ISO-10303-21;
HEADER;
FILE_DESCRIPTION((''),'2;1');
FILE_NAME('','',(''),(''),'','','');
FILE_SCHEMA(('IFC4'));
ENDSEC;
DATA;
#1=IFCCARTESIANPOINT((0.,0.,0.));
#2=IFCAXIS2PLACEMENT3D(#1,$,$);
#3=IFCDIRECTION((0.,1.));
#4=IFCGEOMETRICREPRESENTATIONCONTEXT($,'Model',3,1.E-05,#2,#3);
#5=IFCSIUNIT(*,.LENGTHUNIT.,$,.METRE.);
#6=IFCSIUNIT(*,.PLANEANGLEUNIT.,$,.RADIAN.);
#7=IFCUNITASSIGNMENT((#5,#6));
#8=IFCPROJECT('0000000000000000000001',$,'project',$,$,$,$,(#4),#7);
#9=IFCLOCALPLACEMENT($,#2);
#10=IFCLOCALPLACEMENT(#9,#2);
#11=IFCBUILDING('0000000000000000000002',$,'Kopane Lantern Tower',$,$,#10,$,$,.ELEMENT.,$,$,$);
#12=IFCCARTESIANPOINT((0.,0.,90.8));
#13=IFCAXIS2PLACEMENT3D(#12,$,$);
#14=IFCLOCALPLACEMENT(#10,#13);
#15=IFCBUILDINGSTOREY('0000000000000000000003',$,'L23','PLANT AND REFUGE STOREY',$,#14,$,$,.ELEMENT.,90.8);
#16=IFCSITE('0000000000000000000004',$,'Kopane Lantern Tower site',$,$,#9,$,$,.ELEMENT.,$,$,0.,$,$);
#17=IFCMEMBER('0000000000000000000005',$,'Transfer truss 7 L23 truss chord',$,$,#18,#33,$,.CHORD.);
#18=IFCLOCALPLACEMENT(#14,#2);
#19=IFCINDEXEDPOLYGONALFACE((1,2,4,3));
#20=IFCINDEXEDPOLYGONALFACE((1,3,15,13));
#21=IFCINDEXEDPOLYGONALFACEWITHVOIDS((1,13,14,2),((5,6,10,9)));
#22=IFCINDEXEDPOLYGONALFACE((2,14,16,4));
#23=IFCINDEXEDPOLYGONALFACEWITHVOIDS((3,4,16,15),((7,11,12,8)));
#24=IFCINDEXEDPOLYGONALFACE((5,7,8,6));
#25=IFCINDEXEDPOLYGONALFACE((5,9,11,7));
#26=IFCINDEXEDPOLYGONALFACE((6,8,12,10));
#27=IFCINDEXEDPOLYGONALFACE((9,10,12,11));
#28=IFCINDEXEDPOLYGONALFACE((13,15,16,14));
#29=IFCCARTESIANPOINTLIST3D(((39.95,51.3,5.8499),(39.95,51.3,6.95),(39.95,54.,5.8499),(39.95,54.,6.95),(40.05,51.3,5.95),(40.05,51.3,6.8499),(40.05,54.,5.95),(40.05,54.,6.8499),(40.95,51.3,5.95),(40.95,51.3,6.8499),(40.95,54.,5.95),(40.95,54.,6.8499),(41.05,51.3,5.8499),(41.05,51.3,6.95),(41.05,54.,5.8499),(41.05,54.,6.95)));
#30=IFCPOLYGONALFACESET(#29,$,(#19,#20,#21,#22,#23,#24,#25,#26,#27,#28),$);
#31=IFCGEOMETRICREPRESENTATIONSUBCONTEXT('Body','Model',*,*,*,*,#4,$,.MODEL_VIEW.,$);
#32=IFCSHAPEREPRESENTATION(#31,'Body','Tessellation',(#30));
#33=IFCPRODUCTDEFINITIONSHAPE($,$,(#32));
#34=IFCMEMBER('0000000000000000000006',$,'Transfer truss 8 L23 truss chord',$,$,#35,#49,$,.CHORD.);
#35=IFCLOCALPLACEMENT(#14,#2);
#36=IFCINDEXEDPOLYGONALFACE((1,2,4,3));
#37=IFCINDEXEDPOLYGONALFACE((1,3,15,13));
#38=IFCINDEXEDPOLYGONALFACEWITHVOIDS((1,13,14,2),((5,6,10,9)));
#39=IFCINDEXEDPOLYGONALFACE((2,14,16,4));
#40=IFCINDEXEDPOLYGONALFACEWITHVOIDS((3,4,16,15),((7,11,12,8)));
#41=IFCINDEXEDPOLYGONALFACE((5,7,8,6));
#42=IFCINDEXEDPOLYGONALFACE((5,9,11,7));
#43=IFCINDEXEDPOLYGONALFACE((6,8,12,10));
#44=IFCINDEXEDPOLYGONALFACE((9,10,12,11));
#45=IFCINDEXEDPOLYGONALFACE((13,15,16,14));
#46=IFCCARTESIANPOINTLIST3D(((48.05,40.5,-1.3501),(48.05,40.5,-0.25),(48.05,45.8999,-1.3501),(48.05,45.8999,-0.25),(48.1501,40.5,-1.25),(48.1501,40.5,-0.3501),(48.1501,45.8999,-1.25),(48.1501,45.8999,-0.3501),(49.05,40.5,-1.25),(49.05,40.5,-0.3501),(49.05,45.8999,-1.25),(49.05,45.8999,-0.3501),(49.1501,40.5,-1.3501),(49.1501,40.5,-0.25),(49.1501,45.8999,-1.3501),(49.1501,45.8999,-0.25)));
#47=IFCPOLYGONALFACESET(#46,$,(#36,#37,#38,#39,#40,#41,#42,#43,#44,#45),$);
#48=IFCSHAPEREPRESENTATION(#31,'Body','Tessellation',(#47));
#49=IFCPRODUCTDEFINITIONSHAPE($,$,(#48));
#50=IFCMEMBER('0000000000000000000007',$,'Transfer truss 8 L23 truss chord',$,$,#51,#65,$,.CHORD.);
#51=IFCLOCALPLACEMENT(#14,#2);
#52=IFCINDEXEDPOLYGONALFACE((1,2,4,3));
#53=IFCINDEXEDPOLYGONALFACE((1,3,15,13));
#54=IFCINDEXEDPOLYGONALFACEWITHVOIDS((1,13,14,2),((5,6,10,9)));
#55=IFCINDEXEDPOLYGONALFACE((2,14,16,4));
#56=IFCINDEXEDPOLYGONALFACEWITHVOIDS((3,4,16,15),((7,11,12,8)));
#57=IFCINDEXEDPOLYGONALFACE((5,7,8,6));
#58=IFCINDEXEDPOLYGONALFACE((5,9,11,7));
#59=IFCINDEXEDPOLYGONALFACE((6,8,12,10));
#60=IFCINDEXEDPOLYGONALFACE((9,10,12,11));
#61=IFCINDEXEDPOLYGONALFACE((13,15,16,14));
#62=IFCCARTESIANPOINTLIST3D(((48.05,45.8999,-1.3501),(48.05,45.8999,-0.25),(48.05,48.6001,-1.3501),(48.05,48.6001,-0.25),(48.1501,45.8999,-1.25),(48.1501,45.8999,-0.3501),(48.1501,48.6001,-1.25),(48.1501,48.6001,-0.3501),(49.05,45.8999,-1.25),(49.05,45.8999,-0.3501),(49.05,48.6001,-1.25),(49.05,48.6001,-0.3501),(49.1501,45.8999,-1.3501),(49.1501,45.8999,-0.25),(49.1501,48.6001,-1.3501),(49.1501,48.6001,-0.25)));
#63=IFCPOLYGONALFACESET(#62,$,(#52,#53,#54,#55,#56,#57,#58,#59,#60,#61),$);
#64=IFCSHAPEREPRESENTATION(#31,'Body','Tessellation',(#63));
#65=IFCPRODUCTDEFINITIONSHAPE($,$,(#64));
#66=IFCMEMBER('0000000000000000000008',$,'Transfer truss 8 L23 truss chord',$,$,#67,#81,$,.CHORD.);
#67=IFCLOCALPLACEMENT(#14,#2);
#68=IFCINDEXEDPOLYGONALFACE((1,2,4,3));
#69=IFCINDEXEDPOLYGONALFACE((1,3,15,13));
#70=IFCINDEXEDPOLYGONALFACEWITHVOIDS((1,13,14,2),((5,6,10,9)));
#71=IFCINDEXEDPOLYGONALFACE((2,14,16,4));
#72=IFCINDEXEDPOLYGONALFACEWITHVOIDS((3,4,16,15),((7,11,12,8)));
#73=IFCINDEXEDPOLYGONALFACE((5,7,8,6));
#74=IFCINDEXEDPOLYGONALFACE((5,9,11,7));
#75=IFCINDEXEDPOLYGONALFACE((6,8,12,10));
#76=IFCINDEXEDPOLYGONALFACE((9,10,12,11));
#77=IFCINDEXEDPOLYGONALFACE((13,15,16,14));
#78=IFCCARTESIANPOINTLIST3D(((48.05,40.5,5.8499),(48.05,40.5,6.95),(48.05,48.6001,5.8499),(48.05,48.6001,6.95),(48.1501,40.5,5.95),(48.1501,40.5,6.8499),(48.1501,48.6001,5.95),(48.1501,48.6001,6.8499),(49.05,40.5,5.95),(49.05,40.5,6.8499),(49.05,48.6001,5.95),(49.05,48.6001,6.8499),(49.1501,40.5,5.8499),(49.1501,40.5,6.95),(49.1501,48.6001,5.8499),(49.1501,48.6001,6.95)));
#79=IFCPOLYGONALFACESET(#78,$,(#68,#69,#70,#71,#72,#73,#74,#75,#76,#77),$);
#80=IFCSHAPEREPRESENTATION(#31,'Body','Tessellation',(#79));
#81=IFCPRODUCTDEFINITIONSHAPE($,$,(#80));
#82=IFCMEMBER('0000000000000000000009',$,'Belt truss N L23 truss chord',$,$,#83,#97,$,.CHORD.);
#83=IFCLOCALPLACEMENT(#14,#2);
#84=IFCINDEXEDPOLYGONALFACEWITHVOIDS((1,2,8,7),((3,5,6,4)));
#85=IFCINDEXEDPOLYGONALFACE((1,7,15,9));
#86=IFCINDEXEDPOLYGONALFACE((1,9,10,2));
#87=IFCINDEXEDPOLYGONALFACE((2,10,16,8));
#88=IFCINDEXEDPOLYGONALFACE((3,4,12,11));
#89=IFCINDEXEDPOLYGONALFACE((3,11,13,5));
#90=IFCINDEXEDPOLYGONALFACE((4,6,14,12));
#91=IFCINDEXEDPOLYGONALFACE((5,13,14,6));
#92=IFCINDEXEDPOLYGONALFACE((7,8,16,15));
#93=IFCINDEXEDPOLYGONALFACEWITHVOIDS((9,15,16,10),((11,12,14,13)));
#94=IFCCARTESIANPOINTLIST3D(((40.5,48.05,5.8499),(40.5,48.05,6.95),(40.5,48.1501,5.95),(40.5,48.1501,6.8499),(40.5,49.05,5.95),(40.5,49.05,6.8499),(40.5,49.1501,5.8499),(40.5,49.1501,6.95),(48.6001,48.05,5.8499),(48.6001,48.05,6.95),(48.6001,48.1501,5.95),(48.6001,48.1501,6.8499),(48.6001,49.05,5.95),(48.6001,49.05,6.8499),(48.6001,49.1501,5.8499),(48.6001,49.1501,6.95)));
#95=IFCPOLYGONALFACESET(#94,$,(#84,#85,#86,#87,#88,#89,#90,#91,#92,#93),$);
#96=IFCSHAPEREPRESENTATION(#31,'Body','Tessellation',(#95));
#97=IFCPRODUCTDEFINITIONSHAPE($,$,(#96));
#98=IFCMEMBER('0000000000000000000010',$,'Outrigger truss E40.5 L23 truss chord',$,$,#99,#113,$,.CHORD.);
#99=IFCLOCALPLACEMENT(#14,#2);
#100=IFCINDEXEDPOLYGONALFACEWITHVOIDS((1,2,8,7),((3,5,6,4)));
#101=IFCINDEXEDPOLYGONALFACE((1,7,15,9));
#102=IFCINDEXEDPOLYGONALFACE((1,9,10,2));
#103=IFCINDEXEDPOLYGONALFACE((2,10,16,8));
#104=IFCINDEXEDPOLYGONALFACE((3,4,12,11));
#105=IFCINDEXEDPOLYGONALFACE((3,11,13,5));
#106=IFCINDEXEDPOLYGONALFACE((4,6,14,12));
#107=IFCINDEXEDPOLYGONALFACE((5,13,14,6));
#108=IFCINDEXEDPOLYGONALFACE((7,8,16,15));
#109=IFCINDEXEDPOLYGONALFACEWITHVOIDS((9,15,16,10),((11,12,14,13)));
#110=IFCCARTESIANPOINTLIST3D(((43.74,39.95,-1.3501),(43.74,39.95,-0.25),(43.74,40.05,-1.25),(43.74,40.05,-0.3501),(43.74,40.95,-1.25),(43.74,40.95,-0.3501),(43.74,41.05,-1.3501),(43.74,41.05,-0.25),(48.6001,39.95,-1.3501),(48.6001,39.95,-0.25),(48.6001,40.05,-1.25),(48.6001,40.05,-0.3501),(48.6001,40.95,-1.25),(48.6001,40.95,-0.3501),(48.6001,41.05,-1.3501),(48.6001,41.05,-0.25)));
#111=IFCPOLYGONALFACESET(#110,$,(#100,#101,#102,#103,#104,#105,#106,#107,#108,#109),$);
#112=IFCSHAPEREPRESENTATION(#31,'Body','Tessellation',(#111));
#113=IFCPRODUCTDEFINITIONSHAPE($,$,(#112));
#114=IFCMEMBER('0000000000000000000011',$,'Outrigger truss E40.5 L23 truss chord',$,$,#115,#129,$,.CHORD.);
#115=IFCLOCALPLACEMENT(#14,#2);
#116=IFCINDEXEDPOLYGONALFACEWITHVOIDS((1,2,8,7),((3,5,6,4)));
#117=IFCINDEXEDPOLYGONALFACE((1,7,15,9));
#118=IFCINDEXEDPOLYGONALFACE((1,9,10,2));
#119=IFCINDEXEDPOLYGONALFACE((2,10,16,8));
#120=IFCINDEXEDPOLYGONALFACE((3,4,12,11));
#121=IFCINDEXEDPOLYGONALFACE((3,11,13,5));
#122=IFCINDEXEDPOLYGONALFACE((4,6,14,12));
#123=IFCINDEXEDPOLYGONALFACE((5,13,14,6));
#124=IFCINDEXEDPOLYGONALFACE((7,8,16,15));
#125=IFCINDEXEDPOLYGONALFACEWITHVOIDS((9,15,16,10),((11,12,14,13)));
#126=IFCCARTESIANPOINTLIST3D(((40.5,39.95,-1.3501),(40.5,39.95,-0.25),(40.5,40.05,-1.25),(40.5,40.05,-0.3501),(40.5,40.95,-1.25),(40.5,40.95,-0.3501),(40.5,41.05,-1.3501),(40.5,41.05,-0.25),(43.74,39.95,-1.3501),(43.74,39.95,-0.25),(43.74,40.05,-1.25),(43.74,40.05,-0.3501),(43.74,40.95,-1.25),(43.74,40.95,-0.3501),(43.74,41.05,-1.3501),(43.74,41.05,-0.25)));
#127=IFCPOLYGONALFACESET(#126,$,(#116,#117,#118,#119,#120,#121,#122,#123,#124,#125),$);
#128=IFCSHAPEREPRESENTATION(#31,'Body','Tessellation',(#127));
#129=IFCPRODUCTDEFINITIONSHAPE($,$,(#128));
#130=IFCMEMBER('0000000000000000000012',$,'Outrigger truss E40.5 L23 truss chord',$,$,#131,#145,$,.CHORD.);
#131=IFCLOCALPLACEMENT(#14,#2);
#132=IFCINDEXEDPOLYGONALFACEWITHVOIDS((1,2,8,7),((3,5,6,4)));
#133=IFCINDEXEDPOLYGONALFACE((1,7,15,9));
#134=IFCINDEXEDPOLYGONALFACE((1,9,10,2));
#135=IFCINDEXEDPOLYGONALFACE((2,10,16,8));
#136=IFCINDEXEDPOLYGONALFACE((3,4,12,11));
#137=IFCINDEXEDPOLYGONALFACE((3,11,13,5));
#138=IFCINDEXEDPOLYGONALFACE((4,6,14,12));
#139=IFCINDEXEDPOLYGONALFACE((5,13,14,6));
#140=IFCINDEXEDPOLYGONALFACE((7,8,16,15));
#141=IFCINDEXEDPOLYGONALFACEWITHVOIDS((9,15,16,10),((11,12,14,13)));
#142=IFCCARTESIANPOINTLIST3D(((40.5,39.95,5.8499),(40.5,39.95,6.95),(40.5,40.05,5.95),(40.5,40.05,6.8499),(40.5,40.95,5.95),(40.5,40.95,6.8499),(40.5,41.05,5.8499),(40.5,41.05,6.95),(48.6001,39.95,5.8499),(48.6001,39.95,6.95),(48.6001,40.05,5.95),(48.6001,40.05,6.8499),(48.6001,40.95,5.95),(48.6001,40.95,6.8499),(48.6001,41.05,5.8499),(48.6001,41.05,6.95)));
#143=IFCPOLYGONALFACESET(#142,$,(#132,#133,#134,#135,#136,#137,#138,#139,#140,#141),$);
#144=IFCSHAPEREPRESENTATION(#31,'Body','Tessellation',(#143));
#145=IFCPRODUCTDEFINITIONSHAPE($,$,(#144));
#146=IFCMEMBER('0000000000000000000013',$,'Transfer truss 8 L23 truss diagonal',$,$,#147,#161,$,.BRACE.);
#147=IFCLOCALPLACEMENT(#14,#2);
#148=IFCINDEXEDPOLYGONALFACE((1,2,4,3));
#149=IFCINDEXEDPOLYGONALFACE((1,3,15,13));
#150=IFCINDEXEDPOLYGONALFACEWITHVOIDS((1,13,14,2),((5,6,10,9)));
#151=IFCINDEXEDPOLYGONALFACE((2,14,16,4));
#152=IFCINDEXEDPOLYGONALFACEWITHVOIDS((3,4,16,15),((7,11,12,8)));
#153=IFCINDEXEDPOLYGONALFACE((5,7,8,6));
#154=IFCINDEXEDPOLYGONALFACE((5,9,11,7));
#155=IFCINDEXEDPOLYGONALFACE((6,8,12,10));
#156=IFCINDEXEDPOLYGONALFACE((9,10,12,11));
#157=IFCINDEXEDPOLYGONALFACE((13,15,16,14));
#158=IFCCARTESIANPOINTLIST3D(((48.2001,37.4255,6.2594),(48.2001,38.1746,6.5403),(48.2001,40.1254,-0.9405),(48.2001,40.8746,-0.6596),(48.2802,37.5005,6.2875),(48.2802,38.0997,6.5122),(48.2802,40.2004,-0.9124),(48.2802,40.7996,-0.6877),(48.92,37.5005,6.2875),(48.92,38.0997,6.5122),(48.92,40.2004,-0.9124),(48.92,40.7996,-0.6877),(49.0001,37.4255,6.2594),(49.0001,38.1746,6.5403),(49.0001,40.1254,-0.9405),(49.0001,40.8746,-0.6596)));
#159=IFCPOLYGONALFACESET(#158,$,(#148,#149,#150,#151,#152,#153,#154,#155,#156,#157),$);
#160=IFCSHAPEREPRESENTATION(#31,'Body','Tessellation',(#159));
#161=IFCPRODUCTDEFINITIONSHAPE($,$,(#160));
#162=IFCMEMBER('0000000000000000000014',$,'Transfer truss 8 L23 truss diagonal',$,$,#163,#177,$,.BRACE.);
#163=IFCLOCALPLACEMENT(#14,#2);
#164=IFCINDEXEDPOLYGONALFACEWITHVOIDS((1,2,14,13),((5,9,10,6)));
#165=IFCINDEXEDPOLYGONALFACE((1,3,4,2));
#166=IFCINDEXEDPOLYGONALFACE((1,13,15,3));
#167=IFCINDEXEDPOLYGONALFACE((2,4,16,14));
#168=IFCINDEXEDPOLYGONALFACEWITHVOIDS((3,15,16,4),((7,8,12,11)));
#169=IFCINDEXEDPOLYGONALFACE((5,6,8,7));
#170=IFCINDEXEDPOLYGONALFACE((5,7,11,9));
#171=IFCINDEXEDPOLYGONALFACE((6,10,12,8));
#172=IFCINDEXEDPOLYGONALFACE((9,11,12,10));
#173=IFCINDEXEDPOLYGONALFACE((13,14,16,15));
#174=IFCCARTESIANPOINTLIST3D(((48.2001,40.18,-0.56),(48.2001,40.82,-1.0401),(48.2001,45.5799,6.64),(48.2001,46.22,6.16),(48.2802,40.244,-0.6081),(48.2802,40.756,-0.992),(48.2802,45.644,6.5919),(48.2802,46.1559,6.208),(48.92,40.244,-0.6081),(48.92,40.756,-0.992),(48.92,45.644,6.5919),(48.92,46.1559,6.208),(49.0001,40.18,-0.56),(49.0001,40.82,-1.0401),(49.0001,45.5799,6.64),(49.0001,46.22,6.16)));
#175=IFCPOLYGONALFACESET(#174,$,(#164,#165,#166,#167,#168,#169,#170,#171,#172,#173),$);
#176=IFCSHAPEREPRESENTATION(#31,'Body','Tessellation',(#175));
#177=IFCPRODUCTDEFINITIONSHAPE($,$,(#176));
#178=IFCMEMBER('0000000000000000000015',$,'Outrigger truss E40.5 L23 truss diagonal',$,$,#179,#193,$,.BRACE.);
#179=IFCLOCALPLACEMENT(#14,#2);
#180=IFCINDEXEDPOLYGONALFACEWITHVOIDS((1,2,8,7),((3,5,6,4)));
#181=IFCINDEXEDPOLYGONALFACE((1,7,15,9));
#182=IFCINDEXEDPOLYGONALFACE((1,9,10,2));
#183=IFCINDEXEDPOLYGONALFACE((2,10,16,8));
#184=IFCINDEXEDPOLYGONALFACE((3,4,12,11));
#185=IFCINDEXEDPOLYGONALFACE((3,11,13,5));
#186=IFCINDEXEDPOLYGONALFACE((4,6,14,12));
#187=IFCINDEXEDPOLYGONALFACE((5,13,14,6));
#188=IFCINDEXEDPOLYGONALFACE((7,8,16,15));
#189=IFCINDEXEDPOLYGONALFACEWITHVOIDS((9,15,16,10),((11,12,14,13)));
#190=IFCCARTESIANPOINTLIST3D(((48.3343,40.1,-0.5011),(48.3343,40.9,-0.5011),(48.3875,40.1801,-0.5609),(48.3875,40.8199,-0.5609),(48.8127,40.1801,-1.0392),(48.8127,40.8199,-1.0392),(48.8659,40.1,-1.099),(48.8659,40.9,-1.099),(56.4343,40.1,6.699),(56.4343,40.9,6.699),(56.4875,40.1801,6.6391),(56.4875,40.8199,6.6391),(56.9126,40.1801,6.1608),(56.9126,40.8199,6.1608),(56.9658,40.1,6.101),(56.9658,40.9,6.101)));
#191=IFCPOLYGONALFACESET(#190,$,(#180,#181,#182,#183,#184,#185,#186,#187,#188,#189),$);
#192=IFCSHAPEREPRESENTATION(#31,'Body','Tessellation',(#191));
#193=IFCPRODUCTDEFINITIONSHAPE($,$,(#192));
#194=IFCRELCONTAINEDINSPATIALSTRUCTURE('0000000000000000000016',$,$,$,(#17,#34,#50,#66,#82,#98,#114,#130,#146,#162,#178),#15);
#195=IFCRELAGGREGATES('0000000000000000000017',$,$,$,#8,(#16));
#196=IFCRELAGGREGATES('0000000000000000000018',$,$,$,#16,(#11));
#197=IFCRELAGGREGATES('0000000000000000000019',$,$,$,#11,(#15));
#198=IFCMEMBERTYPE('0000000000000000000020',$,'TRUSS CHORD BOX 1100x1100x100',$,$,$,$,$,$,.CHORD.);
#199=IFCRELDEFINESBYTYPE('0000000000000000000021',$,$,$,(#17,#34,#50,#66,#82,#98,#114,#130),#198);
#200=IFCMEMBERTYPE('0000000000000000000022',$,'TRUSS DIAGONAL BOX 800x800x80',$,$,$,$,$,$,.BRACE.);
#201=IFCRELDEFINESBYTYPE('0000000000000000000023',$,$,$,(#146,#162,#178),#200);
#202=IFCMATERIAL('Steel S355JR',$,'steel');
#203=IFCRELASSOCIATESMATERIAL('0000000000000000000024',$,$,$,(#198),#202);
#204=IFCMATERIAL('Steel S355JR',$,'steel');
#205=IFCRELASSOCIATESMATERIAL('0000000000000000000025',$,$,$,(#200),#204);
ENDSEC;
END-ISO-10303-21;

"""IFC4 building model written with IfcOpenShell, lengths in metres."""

from ifc_helpers import new_model, si_unit, direction, frame, origin, origin_2d, place, context, subcontext, project, spatial, hollow_rectangle, extrude, material, material_profile, profile_set, type_object, element, save


model = new_model("IFC4")

# Units and contexts
model_context = context("Model", 3, precision=1e-05, world=origin(), true_north=direction((0.0, 1.0)))
body_context = subcontext(model_context, "Body", "Model", "MODEL_VIEW")
ifc_project = project(units=[si_unit("LENGTHUNIT", "METRE"), si_unit("PLANEANGLEUNIT", "RADIAN")], contexts=[model_context])

# Site, building, storey
site_placement = place(None, origin())
site = spatial("IfcSite", under=ifc_project, at=site_placement, Name="Kopane Lantern Tower site", CompositionType="ELEMENT", RefElevation=0.0)
building_placement = place(site_placement, origin())
building = spatial("IfcBuilding", under=site, at=building_placement, Name="Kopane Lantern Tower", CompositionType="ELEMENT")
storey_placement = place(building_placement, frame((0.0, 0.0, 90.8)))
storey = spatial("IfcBuildingStorey", under=building, at=storey_placement, Name="L23", Description="PLANT AND REFUGE STOREY", CompositionType="ELEMENT", Elevation=90.8)

# Members
ifc_material_1 = material(Name="Steel S355JR", Category="steel")
ifc_material_profile_1 = material_profile(ifc_material_1, hollow_rectangle(XDim=1.1001, YDim=1.1001, WallThickness=0.1001, at=origin_2d()), Name="BOX 1100x1100x100")
ifc_profile_set_1 = profile_set([ifc_material_profile_1], Name="Steel S355JR")
member_type_1 = type_object("IfcMemberType", Name="TRUSS CHORD BOX 1100x1100x100", PredefinedType="CHORD", material=ifc_profile_set_1)
member_1_placement = place(storey_placement, frame((40.5, 51.3, 6.3999), z_axis=(0.0, 1.0, 0.0), x_axis=(-1.0, 0.0, 0.0)))
element("IfcMember", 1, at=member_1_placement, inside=storey, type_object=member_type_1, Name="Transfer truss 7 L23 truss chord", PredefinedType="CHORD", context=body_context, shape_type="SweptSolid", body=[
    extrude(hollow_rectangle(XDim=1.1001, YDim=1.1001, WallThickness=0.1001, at=origin_2d()), origin(), (0.0, 0.0, 1.0), 2.7),
])
member_2_placement = place(storey_placement, frame((48.6001, 40.5, -0.8), z_axis=(0.0, 1.0, 0.0), x_axis=(-1.0, 0.0, 0.0)))
element("IfcMember", 2, at=member_2_placement, inside=storey, type_object=member_type_1, Name="Transfer truss 8 L23 truss chord", PredefinedType="CHORD", context=body_context, shape_type="SweptSolid", body=[
    extrude(hollow_rectangle(XDim=1.1001, YDim=1.1001, WallThickness=0.1001, at=origin_2d()), origin(), (0.0, 0.0, 1.0), 5.3999),
])
member_3_placement = place(storey_placement, frame((48.6001, 45.8999, -0.8), z_axis=(0.0, 1.0, 0.0), x_axis=(-1.0, 0.0, 0.0)))
element("IfcMember", 3, at=member_3_placement, inside=storey, type_object=member_type_1, Name="Transfer truss 8 L23 truss chord", PredefinedType="CHORD", context=body_context, shape_type="SweptSolid", body=[
    extrude(hollow_rectangle(XDim=1.1001, YDim=1.1001, WallThickness=0.1001, at=origin_2d()), origin(), (0.0, 0.0, 1.0), 2.7002),
])
for number, where, z_axis, x_axis, name in (
    (4, (48.6001, 40.5, 6.3999), (0.0, 1.0, 0.0), (-1.0, 0.0, 0.0), "Transfer truss 8 L23 truss chord"),
    (5, (40.5, 48.6001, 6.3999), (1.0, 0.0, 0.0), (0.0, 1.0, 0.0), "Belt truss N L23 truss chord"),
):
    element("IfcMember", number, at=place(storey_placement, frame(where, z_axis=z_axis, x_axis=x_axis)), inside=storey, type_object=member_type_1, Name=name, PredefinedType="CHORD", context=body_context, shape_type="SweptSolid", body=[
        extrude(hollow_rectangle(XDim=1.1001, YDim=1.1001, WallThickness=0.1001, at=origin_2d()), origin(), (0.0, 0.0, 1.0), 8.1001),
    ])
member_4_placement = place(storey_placement, frame((48.6001, 40.5, -0.8), z_axis=(-1.0, 0.0, 0.0), x_axis=(0.0, -1.0, 0.0)))
element("IfcMember", 6, at=member_4_placement, inside=storey, type_object=member_type_1, Name="Outrigger truss E40.5 L23 truss chord", PredefinedType="CHORD", context=body_context, shape_type="SweptSolid", body=[
    extrude(hollow_rectangle(XDim=1.1001, YDim=1.1001, WallThickness=0.1001, at=origin_2d()), origin(), (0.0, 0.0, 1.0), 4.8601),
])
member_5_placement = place(storey_placement, frame((43.74, 40.5, -0.8), z_axis=(-1.0, 0.0, 0.0), x_axis=(0.0, -1.0, 0.0)))
element("IfcMember", 7, at=member_5_placement, inside=storey, type_object=member_type_1, Name="Outrigger truss E40.5 L23 truss chord", PredefinedType="CHORD", context=body_context, shape_type="SweptSolid", body=[
    extrude(hollow_rectangle(XDim=1.1001, YDim=1.1001, WallThickness=0.1001, at=origin_2d()), origin(), (0.0, 0.0, 1.0), 3.24),
])
member_6_placement = place(storey_placement, frame((48.6001, 40.5, 6.3999), z_axis=(-1.0, 0.0, 0.0), x_axis=(0.0, -1.0, 0.0)))
element("IfcMember", 8, at=member_6_placement, inside=storey, type_object=member_type_1, Name="Outrigger truss E40.5 L23 truss chord", PredefinedType="CHORD", context=body_context, shape_type="SweptSolid", body=[
    extrude(hollow_rectangle(XDim=1.1001, YDim=1.1001, WallThickness=0.1001, at=origin_2d()), origin(), (0.0, 0.0, 1.0), 8.1001),
])
ifc_material_2 = material(Name="Steel S355JR", Category="steel")
ifc_material_profile_2 = material_profile(ifc_material_2, hollow_rectangle(XDim=0.8, YDim=0.8, WallThickness=0.0801, at=origin_2d()), Name="BOX 800x800x80")
ifc_profile_set_2 = profile_set([ifc_material_profile_2], Name="Steel S355JR")
member_type_2 = type_object("IfcMemberType", Name="TRUSS DIAGONAL BOX 800x800x80", PredefinedType="BRACE", material=ifc_profile_set_2)
member_7_placement = place(storey_placement, frame((48.6001, 40.5, -0.8), z_axis=(0.0, -0.35112, 0.93633), x_axis=(1.0, 0.0, 0.0)))
element("IfcMember", 9, at=member_7_placement, inside=storey, type_object=member_type_2, Name="Transfer truss 8 L23 truss diagonal", PredefinedType="BRACE", context=body_context, shape_type="SweptSolid", body=[
    extrude(hollow_rectangle(XDim=0.8, YDim=0.8, WallThickness=0.0801, at=origin_2d()), origin(), (0.0, 0.0, 1.0), 7.6895),
])
member_8_placement = place(storey_placement, frame((48.6001, 40.5, -0.8), z_axis=(0.0, 0.599996, 0.800003), x_axis=(-1.0, 0.0, 0.0)))
element("IfcMember", 10, at=member_8_placement, inside=storey, type_object=member_type_2, Name="Transfer truss 8 L23 truss diagonal", PredefinedType="BRACE", context=body_context, shape_type="SweptSolid", body=[
    extrude(hollow_rectangle(XDim=0.8, YDim=0.8, WallThickness=0.0801, at=origin_2d()), origin(), (0.0, 0.0, 1.0), 9.0),
])
member_9_placement = place(storey_placement, frame((48.6001, 40.5, -0.8), z_axis=(0.747406, 0.0, 0.664368), x_axis=(0.0, 1.0, 0.0)))
element("IfcMember", 11, at=member_9_placement, inside=storey, type_object=member_type_2, Name="Outrigger truss E40.5 L23 truss diagonal", PredefinedType="BRACE", context=body_context, shape_type="SweptSolid", body=[
    extrude(hollow_rectangle(XDim=0.8, YDim=0.8, WallThickness=0.0801, at=origin_2d()), origin(), (0.0, 0.0, 1.0), 10.8374),
])

save(model, "model.ifc")
